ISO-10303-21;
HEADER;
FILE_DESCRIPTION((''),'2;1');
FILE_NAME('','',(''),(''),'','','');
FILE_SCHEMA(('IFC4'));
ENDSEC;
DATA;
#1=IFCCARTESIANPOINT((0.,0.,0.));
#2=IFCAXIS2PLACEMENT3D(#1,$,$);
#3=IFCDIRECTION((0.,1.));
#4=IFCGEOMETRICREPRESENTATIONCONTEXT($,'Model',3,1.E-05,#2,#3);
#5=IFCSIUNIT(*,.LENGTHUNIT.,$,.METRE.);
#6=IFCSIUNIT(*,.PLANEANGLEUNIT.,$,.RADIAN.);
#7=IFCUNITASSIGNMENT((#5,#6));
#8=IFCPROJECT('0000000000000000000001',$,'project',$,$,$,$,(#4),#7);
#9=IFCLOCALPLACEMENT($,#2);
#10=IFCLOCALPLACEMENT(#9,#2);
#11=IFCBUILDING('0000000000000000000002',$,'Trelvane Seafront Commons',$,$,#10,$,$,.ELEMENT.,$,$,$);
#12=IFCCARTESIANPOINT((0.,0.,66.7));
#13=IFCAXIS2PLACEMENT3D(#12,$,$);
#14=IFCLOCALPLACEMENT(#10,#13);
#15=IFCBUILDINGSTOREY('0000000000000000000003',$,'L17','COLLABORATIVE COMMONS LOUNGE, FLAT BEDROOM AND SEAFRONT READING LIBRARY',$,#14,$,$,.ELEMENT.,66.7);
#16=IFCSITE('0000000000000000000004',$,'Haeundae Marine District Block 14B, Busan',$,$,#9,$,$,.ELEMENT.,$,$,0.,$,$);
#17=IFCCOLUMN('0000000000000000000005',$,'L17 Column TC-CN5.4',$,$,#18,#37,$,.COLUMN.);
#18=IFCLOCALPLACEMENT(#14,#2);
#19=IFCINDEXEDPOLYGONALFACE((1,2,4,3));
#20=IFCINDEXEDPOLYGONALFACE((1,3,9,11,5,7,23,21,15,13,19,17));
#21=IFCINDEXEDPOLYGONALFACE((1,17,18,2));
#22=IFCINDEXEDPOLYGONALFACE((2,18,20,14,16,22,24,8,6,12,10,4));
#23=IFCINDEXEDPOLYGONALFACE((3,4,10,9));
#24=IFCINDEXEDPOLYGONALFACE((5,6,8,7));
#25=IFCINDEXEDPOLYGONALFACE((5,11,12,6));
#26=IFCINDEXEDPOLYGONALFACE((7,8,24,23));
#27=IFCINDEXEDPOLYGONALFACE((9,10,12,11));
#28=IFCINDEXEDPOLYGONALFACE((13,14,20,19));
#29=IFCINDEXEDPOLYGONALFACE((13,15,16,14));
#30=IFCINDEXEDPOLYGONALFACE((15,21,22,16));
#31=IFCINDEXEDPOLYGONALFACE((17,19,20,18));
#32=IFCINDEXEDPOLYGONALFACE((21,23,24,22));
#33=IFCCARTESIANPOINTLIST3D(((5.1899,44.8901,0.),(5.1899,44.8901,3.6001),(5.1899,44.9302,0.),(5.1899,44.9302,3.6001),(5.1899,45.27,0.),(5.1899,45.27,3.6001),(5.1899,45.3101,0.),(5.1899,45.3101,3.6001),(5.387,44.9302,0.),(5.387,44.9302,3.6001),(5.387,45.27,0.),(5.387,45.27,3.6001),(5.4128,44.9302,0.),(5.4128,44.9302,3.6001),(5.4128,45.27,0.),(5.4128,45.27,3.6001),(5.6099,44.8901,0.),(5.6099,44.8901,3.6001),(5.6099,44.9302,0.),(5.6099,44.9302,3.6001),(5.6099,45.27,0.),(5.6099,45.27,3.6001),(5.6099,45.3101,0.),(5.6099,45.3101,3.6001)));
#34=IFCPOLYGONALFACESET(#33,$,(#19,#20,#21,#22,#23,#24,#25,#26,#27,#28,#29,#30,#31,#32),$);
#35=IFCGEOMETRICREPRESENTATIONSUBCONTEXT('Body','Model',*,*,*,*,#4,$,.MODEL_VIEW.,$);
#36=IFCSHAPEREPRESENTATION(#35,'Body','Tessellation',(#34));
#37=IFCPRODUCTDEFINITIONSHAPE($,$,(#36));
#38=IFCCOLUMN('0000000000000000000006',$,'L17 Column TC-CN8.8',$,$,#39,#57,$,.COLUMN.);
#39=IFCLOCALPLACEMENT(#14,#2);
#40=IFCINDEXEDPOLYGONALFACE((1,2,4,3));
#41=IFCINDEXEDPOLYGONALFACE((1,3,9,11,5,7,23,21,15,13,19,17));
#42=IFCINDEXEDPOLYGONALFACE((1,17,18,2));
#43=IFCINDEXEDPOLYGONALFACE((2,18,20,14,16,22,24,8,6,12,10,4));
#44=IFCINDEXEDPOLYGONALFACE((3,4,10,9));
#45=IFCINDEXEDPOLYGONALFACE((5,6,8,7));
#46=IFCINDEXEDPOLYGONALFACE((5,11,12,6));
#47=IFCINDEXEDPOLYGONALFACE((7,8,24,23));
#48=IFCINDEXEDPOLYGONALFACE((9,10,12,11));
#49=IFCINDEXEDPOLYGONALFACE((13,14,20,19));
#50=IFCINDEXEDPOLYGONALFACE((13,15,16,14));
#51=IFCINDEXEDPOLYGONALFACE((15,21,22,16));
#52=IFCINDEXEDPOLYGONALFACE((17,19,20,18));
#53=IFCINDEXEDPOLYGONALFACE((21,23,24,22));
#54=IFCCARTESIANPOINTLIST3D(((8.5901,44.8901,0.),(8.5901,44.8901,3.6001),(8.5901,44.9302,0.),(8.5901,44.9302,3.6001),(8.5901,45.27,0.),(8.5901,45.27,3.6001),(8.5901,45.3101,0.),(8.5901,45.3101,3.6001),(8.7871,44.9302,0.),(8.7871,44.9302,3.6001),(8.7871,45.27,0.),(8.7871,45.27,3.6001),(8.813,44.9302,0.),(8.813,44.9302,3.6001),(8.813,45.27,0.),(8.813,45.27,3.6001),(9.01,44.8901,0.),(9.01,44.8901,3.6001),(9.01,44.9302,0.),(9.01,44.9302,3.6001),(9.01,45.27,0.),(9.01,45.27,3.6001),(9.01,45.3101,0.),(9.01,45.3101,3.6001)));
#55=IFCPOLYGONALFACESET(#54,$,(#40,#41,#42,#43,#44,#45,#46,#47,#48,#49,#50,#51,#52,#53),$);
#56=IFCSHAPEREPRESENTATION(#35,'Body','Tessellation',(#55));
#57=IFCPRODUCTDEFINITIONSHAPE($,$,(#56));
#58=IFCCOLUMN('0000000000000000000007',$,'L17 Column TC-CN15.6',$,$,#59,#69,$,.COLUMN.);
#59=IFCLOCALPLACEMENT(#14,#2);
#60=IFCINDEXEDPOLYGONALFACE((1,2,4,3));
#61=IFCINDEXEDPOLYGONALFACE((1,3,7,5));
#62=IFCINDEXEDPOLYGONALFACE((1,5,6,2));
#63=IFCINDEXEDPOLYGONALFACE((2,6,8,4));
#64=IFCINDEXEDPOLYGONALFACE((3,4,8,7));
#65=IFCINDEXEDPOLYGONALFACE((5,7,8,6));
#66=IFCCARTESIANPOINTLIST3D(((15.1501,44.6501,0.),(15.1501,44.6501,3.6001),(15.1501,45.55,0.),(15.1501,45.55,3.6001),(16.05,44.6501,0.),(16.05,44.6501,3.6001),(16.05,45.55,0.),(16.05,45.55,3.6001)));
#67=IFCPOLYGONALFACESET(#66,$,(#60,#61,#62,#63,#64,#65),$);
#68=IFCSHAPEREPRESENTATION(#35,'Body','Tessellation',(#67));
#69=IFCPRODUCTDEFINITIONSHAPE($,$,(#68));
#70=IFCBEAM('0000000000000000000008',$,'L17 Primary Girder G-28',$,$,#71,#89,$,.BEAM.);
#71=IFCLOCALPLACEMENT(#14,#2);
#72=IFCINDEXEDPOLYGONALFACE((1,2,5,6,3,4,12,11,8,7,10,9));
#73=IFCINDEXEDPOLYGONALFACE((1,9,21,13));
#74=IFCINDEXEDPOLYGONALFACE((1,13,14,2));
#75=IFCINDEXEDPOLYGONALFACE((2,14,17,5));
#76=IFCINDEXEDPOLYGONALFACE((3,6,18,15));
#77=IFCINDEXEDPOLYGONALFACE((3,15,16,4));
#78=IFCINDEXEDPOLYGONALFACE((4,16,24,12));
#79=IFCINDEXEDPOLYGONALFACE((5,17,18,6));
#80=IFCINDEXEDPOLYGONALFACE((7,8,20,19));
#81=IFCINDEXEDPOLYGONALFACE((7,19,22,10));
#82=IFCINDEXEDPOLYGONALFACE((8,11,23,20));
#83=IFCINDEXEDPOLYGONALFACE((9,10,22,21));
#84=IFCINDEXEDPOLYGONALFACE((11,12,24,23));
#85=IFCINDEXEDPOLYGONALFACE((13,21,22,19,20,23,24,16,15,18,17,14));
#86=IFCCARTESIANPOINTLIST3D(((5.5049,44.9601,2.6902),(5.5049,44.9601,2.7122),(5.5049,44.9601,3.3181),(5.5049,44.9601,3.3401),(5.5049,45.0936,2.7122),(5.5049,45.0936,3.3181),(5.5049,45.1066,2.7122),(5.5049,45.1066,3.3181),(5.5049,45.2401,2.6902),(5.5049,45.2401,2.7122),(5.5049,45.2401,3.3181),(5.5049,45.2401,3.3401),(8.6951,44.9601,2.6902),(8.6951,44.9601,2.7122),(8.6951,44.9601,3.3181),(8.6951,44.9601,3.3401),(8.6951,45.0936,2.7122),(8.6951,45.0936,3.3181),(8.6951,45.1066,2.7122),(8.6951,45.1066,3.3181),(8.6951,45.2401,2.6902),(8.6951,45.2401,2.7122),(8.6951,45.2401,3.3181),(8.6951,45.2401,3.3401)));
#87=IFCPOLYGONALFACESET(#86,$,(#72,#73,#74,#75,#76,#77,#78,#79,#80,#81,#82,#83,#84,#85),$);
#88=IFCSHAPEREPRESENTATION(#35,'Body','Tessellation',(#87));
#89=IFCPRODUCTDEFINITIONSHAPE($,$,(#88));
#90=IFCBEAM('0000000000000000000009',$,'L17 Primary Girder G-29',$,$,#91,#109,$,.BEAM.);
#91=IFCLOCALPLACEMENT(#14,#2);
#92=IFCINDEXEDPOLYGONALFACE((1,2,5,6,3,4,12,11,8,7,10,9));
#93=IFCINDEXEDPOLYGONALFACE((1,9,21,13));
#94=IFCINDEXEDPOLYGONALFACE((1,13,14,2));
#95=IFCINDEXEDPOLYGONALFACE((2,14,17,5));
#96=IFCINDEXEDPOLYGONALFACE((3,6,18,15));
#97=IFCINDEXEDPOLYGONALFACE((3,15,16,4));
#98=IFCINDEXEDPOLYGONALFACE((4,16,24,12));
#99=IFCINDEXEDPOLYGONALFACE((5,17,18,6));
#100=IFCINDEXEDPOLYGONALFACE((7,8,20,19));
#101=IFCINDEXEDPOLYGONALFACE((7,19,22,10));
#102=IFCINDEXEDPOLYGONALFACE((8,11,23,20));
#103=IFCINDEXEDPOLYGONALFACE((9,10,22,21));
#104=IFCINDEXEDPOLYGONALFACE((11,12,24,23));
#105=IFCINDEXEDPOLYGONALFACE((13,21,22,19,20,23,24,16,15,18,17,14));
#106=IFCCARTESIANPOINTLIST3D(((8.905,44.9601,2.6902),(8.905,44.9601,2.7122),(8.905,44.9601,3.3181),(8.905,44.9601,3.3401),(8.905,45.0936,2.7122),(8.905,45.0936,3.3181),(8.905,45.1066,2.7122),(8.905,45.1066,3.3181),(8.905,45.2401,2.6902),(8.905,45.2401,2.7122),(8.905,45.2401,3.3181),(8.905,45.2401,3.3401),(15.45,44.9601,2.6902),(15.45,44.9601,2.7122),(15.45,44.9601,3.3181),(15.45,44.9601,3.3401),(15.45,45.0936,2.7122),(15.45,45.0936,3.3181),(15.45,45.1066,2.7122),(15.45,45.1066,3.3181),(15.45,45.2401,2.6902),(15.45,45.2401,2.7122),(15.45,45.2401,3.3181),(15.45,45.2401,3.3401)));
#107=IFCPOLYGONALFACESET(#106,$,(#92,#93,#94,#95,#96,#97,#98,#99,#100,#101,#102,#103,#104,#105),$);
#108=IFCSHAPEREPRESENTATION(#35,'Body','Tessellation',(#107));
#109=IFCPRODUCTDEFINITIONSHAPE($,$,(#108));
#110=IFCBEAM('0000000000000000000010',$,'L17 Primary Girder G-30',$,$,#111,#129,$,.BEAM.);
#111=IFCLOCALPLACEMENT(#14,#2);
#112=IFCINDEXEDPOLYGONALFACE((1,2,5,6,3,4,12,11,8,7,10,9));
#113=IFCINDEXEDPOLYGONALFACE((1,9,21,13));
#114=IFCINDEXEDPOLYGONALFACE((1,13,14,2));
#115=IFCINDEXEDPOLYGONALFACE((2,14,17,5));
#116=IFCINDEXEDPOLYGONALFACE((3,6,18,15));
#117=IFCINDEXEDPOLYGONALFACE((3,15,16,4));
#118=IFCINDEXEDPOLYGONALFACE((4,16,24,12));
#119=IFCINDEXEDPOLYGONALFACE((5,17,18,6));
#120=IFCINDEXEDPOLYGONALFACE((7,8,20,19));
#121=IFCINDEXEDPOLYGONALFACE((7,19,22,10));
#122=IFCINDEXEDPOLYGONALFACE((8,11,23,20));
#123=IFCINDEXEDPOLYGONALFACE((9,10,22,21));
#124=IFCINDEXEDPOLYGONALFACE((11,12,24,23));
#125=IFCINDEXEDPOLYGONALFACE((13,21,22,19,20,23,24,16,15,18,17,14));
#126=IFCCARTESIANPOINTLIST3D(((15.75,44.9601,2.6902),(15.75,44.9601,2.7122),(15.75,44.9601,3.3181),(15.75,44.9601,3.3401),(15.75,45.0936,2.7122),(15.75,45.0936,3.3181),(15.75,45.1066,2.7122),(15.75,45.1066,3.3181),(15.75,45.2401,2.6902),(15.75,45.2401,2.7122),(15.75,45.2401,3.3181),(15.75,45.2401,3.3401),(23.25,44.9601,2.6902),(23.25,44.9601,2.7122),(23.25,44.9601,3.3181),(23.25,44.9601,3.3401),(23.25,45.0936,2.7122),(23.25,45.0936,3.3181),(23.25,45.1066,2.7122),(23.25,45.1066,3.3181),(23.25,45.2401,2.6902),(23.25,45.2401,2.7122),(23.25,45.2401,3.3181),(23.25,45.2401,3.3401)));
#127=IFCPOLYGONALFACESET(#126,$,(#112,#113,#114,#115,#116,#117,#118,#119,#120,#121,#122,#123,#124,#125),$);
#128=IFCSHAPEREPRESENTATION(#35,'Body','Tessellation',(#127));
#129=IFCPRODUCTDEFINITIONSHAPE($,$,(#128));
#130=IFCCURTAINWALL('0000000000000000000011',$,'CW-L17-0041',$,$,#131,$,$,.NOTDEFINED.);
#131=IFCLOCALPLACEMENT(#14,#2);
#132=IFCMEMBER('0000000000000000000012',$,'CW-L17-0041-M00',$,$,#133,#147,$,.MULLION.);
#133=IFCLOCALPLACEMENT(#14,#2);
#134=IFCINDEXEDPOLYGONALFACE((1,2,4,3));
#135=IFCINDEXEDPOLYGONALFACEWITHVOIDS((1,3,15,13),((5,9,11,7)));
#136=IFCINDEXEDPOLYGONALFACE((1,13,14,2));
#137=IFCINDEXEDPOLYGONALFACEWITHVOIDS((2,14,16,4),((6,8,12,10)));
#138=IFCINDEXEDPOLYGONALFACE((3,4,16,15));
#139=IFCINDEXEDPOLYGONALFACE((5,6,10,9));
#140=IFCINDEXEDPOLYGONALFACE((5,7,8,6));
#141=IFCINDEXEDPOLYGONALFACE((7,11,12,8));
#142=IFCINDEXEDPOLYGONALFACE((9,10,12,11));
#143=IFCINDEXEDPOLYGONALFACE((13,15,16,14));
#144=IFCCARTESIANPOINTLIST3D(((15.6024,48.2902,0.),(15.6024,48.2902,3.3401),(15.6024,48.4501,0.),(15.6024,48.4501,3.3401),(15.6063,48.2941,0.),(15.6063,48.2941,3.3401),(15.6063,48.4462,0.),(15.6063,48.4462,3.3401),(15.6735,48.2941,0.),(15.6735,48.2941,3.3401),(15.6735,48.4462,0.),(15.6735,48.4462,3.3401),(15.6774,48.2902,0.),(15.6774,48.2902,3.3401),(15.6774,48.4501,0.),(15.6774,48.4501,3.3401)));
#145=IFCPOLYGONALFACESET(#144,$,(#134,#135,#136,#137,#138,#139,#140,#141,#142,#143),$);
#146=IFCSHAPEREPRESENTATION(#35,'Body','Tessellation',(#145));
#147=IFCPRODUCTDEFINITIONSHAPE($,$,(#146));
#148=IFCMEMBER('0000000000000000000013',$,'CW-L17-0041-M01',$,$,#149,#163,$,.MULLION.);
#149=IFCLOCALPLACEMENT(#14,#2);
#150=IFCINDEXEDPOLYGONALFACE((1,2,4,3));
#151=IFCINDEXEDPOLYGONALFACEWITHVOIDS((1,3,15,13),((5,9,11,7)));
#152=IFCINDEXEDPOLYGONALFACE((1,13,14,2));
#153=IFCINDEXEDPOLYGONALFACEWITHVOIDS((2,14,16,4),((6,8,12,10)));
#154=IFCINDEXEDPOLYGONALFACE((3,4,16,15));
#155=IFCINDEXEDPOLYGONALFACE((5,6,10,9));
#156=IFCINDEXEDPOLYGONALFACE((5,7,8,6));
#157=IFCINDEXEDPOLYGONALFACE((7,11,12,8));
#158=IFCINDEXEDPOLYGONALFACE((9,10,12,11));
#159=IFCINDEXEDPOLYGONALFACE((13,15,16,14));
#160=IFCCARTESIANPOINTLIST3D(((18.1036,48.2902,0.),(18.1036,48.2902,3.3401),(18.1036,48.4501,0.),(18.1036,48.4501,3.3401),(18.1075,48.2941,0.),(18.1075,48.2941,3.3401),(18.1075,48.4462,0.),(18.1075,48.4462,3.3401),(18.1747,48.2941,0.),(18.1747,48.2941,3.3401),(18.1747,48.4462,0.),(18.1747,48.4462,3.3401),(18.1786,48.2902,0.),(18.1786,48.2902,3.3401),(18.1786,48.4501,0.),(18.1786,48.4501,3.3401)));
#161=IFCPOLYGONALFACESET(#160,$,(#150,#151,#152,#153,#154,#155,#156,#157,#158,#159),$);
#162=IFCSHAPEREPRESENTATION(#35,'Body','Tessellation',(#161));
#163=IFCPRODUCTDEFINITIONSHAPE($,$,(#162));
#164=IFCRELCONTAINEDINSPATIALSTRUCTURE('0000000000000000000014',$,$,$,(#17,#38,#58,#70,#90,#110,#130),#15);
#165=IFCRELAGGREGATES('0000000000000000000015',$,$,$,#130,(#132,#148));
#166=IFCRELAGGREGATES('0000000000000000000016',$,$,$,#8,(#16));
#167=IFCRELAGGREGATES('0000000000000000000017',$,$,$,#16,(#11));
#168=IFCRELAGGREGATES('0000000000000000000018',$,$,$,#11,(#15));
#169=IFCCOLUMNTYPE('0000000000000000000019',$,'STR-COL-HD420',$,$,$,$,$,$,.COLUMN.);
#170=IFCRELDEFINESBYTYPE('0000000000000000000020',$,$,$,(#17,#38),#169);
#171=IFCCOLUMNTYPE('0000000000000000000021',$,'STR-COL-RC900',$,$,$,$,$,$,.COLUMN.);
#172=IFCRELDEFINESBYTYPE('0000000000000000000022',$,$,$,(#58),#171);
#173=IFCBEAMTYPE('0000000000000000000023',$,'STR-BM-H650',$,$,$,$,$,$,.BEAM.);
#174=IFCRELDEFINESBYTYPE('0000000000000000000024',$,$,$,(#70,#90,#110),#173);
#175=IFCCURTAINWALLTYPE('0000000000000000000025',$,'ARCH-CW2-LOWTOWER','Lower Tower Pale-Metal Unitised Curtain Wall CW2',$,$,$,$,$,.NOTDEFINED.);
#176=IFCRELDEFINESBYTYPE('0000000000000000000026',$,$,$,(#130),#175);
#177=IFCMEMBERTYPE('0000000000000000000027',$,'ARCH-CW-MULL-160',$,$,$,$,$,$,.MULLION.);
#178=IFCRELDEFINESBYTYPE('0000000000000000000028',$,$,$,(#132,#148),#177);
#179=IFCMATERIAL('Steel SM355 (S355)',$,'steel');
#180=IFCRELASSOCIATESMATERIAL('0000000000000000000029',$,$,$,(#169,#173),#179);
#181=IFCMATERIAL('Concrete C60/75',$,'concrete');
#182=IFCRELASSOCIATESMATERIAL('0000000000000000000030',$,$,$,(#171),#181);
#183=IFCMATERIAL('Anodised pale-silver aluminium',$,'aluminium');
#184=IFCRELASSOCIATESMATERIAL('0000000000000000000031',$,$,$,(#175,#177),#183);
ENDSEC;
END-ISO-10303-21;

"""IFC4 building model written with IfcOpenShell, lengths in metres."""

from ifc_helpers import new_model, si_unit, direction, frame, origin, origin_2d, place, context, subcontext, project, spatial, rectangle, hollow_rectangle, i_section, extrude, source, transform, mapped, material, material_profile, profile_set, type_object, element, aggregate, save


model = new_model("IFC4")

# Units and contexts
model_context = context("Model", 3, precision=1e-05, world=origin(), true_north=direction((0.0, 1.0)))
body_context = subcontext(model_context, "Body", "Model", "MODEL_VIEW")
ifc_project = project(units=[si_unit("LENGTHUNIT", "METRE"), si_unit("PLANEANGLEUNIT", "RADIAN")], contexts=[model_context])

# Site, building, storey
site_placement = place(None, origin())
site = spatial("IfcSite", under=ifc_project, at=site_placement, Name="Haeundae Marine District Block 14B, Busan", CompositionType="ELEMENT", RefElevation=0.0)
building_placement = place(site_placement, origin())
building = spatial("IfcBuilding", under=site, at=building_placement, Name="Trelvane Seafront Commons", CompositionType="ELEMENT")
storey_placement = place(building_placement, frame((0.0, 0.0, 66.7)))
storey = spatial("IfcBuildingStorey", under=building, at=storey_placement, Name="L17", Description="COLLABORATIVE COMMONS LOUNGE, FLAT BEDROOM AND SEAFRONT READING LIBRARY", CompositionType="ELEMENT", Elevation=66.7)

# Columns
ifc_material_1 = material(Name="Steel SM355 (S355)", Category="steel")
ifc_material_profile_1 = material_profile(ifc_material_1, i_section(OverallWidth=0.4199, OverallDepth=0.4199, WebThickness=0.0259, FlangeThickness=0.04, at=origin_2d()), Name="HD-420x420x26x40")
ifc_profile_set_1 = profile_set([ifc_material_profile_1], Name="Steel SM355 (S355)")
column_type_1 = type_object("IfcColumnType", Name="STR-COL-HD420", PredefinedType="COLUMN", material=ifc_profile_set_1)
shared_shape_1 = source(origin(), body_context, "Body", "SweptSolid", [
    extrude(i_section(OverallWidth=0.4199, OverallDepth=0.4199, WebThickness=0.0259, FlangeThickness=0.04, at=origin_2d()), origin(), (0.0, 0.0, 1.0), 3.6001),
])
for number, where, z_axis, x_axis, name in (
    (1, (5.3999, 45.1001, 0.0), (0.0, 0.0, 1.0), (1.0, 0.0, 0.0), "L17 Column TC-CN5.4"),
    (2, (8.8, 45.1001, 0.0), (0.0, 0.0, 1.0), (1.0, 0.0, 0.0), "L17 Column TC-CN8.8"),
):
    element("IfcColumn", number, at=place(storey_placement, frame(where, z_axis=z_axis, x_axis=x_axis)), inside=storey, type_object=column_type_1, Name=name, PredefinedType="COLUMN", context=body_context, shape_type="MappedRepresentation", body=[
        mapped(shared_shape_1, transform((0.0, 0.0, 0.0), x_axis=(1.0, 0.0, 0.0), y_axis=(0.0, 1.0, 0.0), z_axis=(0.0, 0.0, 1.0), scale=1.0)),
    ])
ifc_material_2 = material(Name="Concrete C60/75", Category="concrete")
ifc_material_profile_2 = material_profile(ifc_material_2, rectangle(XDim=0.8999, YDim=0.8999, at=origin_2d()), Name="RC-900x900")
ifc_profile_set_2 = profile_set([ifc_material_profile_2], Name="Concrete C60/75")
column_type_2 = type_object("IfcColumnType", Name="STR-COL-RC900", PredefinedType="COLUMN", material=ifc_profile_set_2)
shared_shape_2 = source(origin(), body_context, "Body", "SweptSolid", [
    extrude(rectangle(XDim=0.8999, YDim=0.8999, at=origin_2d()), origin(), (0.0, 0.0, 1.0), 3.6001),
])
column_placement = place(storey_placement, frame((15.6001, 45.1001, 0.0), z_axis=(0.0, 0.0, 1.0), x_axis=(1.0, 0.0, 0.0)))
element("IfcColumn", 3, at=column_placement, inside=storey, type_object=column_type_2, Name="L17 Column TC-CN15.6", PredefinedType="COLUMN", context=body_context, shape_type="MappedRepresentation", body=[
    mapped(shared_shape_2, transform((0.0, 0.0, 0.0), x_axis=(1.0, 0.0, 0.0), y_axis=(0.0, 1.0, 0.0), z_axis=(0.0, 0.0, 1.0), scale=1.0)),
])

# Beams
ifc_material_profile_3 = material_profile(ifc_material_1, i_section(OverallWidth=0.28, OverallDepth=0.6499, WebThickness=0.0129, FlangeThickness=0.022, at=origin_2d()), Name="H-650x280x13x22")
ifc_profile_set_3 = profile_set([ifc_material_profile_3], Name="Steel SM355 (S355)")
beam_type = type_object("IfcBeamType", Name="STR-BM-H650", PredefinedType="BEAM", material=ifc_profile_set_3)
shared_shape_3 = source(origin(), body_context, "Body", "SweptSolid", [
    extrude(i_section(OverallWidth=0.28, OverallDepth=0.6499, WebThickness=0.0129, FlangeThickness=0.022, at=origin_2d()), origin(), (0.0, 0.0, 1.0), 3.1902),
])
beam_1_placement = place(storey_placement, frame((5.5049, 45.1001, 3.0151), z_axis=(1.0, 0.0, 0.0), x_axis=(0.0, 1.0, 0.0)))
element("IfcBeam", 4, at=beam_1_placement, inside=storey, type_object=beam_type, Name="L17 Primary Girder G-28", PredefinedType="BEAM", context=body_context, shape_type="MappedRepresentation", body=[
    mapped(shared_shape_3, transform((0.0, 0.0, 0.0), x_axis=(1.0, 0.0, 0.0), y_axis=(0.0, 1.0, 0.0), z_axis=(0.0, 0.0, 1.0), scale=1.0)),
])
shared_shape_4 = source(origin(), body_context, "Body", "SweptSolid", [
    extrude(i_section(OverallWidth=0.28, OverallDepth=0.6499, WebThickness=0.0129, FlangeThickness=0.022, at=origin_2d()), origin(), (0.0, 0.0, 1.0), 6.5449),
])
beam_2_placement = place(storey_placement, frame((8.905, 45.1001, 3.0151), z_axis=(1.0, 0.0, 0.0), x_axis=(0.0, 1.0, 0.0)))
element("IfcBeam", 5, at=beam_2_placement, inside=storey, type_object=beam_type, Name="L17 Primary Girder G-29", PredefinedType="BEAM", context=body_context, shape_type="MappedRepresentation", body=[
    mapped(shared_shape_4, transform((0.0, 0.0, 0.0), x_axis=(1.0, 0.0, 0.0), y_axis=(0.0, 1.0, 0.0), z_axis=(0.0, 0.0, 1.0), scale=1.0)),
])
shared_shape_5 = source(origin(), body_context, "Body", "SweptSolid", [
    extrude(i_section(OverallWidth=0.28, OverallDepth=0.6499, WebThickness=0.0129, FlangeThickness=0.022, at=origin_2d()), origin(), (0.0, 0.0, 1.0), 7.5),
])
beam_3_placement = place(storey_placement, frame((15.75, 45.1001, 3.0151), z_axis=(1.0, 0.0, 0.0), x_axis=(0.0, 1.0, 0.0)))
element("IfcBeam", 6, at=beam_3_placement, inside=storey, type_object=beam_type, Name="L17 Primary Girder G-30", PredefinedType="BEAM", context=body_context, shape_type="MappedRepresentation", body=[
    mapped(shared_shape_5, transform((0.0, 0.0, 0.0), x_axis=(1.0, 0.0, 0.0), y_axis=(0.0, 1.0, 0.0), z_axis=(0.0, 0.0, 1.0), scale=1.0)),
])

# Curtain wall, members
ifc_material_3 = material(Name="Anodised pale-silver aluminium", Category="aluminium")
curtain_wall_type = type_object("IfcCurtainWallType", Name="ARCH-CW2-LOWTOWER", Description="Lower Tower Pale-Metal Unitised Curtain Wall CW2", PredefinedType="NOTDEFINED", material=ifc_material_3)
curtain_wall_placement = place(storey_placement, origin())
curtain_wall = element("IfcCurtainWall", 7, at=curtain_wall_placement, inside=storey, type_object=curtain_wall_type, Name="CW-L17-0041", PredefinedType="NOTDEFINED")
ifc_material_profile_4 = material_profile(ifc_material_3, hollow_rectangle(XDim=0.075, YDim=0.1599, WallThickness=0.0039, at=origin_2d()), Name="MULL-75x160x4")
ifc_profile_set_4 = profile_set([ifc_material_profile_4], Name="Anodised pale-silver aluminium")
member_type_1 = type_object("IfcMemberType", Name="ARCH-CW-MULL-160", PredefinedType="MULLION", material=ifc_profile_set_4)
shared_shape_6 = source(origin(), body_context, "Body", "SweptSolid", [
    extrude(hollow_rectangle(XDim=0.075, YDim=0.1599, WallThickness=0.0039, at=origin_2d()), origin(), (0.0, 0.0, 1.0), 3.3401),
])
member_1_placement = place(storey_placement, frame((15.6399, 48.3701, 0.0), z_axis=(0.0, 0.0, 1.0), x_axis=(1.0, 0.0, 0.0)))
member_1 = element("IfcMember", 8, at=member_1_placement, type_object=member_type_1, Name="CW-L17-0041-M00", PredefinedType="MULLION", context=body_context, shape_type="MappedRepresentation", body=[
    mapped(shared_shape_6, transform((0.0, 0.0, 0.0), x_axis=(1.0, 0.0, 0.0), y_axis=(0.0, 1.0, 0.0), z_axis=(0.0, 0.0, 1.0), scale=1.0)),
])
member_2_placement = place(storey_placement, frame((18.1411, 48.3701, 0.0), z_axis=(0.0, 0.0, 1.0), x_axis=(1.0, 0.0, 0.0)))
member_2 = element("IfcMember", 9, at=member_2_placement, type_object=member_type_1, Name="CW-L17-0041-M01", PredefinedType="MULLION", context=body_context, shape_type="MappedRepresentation", body=[
    mapped(shared_shape_6, transform((0.0, 0.0, 0.0), x_axis=(1.0, 0.0, 0.0), y_axis=(0.0, 1.0, 0.0), z_axis=(0.0, 0.0, 1.0), scale=1.0)),
])
aggregate(curtain_wall, [member_1, member_2])

save(model, "model.ifc")
